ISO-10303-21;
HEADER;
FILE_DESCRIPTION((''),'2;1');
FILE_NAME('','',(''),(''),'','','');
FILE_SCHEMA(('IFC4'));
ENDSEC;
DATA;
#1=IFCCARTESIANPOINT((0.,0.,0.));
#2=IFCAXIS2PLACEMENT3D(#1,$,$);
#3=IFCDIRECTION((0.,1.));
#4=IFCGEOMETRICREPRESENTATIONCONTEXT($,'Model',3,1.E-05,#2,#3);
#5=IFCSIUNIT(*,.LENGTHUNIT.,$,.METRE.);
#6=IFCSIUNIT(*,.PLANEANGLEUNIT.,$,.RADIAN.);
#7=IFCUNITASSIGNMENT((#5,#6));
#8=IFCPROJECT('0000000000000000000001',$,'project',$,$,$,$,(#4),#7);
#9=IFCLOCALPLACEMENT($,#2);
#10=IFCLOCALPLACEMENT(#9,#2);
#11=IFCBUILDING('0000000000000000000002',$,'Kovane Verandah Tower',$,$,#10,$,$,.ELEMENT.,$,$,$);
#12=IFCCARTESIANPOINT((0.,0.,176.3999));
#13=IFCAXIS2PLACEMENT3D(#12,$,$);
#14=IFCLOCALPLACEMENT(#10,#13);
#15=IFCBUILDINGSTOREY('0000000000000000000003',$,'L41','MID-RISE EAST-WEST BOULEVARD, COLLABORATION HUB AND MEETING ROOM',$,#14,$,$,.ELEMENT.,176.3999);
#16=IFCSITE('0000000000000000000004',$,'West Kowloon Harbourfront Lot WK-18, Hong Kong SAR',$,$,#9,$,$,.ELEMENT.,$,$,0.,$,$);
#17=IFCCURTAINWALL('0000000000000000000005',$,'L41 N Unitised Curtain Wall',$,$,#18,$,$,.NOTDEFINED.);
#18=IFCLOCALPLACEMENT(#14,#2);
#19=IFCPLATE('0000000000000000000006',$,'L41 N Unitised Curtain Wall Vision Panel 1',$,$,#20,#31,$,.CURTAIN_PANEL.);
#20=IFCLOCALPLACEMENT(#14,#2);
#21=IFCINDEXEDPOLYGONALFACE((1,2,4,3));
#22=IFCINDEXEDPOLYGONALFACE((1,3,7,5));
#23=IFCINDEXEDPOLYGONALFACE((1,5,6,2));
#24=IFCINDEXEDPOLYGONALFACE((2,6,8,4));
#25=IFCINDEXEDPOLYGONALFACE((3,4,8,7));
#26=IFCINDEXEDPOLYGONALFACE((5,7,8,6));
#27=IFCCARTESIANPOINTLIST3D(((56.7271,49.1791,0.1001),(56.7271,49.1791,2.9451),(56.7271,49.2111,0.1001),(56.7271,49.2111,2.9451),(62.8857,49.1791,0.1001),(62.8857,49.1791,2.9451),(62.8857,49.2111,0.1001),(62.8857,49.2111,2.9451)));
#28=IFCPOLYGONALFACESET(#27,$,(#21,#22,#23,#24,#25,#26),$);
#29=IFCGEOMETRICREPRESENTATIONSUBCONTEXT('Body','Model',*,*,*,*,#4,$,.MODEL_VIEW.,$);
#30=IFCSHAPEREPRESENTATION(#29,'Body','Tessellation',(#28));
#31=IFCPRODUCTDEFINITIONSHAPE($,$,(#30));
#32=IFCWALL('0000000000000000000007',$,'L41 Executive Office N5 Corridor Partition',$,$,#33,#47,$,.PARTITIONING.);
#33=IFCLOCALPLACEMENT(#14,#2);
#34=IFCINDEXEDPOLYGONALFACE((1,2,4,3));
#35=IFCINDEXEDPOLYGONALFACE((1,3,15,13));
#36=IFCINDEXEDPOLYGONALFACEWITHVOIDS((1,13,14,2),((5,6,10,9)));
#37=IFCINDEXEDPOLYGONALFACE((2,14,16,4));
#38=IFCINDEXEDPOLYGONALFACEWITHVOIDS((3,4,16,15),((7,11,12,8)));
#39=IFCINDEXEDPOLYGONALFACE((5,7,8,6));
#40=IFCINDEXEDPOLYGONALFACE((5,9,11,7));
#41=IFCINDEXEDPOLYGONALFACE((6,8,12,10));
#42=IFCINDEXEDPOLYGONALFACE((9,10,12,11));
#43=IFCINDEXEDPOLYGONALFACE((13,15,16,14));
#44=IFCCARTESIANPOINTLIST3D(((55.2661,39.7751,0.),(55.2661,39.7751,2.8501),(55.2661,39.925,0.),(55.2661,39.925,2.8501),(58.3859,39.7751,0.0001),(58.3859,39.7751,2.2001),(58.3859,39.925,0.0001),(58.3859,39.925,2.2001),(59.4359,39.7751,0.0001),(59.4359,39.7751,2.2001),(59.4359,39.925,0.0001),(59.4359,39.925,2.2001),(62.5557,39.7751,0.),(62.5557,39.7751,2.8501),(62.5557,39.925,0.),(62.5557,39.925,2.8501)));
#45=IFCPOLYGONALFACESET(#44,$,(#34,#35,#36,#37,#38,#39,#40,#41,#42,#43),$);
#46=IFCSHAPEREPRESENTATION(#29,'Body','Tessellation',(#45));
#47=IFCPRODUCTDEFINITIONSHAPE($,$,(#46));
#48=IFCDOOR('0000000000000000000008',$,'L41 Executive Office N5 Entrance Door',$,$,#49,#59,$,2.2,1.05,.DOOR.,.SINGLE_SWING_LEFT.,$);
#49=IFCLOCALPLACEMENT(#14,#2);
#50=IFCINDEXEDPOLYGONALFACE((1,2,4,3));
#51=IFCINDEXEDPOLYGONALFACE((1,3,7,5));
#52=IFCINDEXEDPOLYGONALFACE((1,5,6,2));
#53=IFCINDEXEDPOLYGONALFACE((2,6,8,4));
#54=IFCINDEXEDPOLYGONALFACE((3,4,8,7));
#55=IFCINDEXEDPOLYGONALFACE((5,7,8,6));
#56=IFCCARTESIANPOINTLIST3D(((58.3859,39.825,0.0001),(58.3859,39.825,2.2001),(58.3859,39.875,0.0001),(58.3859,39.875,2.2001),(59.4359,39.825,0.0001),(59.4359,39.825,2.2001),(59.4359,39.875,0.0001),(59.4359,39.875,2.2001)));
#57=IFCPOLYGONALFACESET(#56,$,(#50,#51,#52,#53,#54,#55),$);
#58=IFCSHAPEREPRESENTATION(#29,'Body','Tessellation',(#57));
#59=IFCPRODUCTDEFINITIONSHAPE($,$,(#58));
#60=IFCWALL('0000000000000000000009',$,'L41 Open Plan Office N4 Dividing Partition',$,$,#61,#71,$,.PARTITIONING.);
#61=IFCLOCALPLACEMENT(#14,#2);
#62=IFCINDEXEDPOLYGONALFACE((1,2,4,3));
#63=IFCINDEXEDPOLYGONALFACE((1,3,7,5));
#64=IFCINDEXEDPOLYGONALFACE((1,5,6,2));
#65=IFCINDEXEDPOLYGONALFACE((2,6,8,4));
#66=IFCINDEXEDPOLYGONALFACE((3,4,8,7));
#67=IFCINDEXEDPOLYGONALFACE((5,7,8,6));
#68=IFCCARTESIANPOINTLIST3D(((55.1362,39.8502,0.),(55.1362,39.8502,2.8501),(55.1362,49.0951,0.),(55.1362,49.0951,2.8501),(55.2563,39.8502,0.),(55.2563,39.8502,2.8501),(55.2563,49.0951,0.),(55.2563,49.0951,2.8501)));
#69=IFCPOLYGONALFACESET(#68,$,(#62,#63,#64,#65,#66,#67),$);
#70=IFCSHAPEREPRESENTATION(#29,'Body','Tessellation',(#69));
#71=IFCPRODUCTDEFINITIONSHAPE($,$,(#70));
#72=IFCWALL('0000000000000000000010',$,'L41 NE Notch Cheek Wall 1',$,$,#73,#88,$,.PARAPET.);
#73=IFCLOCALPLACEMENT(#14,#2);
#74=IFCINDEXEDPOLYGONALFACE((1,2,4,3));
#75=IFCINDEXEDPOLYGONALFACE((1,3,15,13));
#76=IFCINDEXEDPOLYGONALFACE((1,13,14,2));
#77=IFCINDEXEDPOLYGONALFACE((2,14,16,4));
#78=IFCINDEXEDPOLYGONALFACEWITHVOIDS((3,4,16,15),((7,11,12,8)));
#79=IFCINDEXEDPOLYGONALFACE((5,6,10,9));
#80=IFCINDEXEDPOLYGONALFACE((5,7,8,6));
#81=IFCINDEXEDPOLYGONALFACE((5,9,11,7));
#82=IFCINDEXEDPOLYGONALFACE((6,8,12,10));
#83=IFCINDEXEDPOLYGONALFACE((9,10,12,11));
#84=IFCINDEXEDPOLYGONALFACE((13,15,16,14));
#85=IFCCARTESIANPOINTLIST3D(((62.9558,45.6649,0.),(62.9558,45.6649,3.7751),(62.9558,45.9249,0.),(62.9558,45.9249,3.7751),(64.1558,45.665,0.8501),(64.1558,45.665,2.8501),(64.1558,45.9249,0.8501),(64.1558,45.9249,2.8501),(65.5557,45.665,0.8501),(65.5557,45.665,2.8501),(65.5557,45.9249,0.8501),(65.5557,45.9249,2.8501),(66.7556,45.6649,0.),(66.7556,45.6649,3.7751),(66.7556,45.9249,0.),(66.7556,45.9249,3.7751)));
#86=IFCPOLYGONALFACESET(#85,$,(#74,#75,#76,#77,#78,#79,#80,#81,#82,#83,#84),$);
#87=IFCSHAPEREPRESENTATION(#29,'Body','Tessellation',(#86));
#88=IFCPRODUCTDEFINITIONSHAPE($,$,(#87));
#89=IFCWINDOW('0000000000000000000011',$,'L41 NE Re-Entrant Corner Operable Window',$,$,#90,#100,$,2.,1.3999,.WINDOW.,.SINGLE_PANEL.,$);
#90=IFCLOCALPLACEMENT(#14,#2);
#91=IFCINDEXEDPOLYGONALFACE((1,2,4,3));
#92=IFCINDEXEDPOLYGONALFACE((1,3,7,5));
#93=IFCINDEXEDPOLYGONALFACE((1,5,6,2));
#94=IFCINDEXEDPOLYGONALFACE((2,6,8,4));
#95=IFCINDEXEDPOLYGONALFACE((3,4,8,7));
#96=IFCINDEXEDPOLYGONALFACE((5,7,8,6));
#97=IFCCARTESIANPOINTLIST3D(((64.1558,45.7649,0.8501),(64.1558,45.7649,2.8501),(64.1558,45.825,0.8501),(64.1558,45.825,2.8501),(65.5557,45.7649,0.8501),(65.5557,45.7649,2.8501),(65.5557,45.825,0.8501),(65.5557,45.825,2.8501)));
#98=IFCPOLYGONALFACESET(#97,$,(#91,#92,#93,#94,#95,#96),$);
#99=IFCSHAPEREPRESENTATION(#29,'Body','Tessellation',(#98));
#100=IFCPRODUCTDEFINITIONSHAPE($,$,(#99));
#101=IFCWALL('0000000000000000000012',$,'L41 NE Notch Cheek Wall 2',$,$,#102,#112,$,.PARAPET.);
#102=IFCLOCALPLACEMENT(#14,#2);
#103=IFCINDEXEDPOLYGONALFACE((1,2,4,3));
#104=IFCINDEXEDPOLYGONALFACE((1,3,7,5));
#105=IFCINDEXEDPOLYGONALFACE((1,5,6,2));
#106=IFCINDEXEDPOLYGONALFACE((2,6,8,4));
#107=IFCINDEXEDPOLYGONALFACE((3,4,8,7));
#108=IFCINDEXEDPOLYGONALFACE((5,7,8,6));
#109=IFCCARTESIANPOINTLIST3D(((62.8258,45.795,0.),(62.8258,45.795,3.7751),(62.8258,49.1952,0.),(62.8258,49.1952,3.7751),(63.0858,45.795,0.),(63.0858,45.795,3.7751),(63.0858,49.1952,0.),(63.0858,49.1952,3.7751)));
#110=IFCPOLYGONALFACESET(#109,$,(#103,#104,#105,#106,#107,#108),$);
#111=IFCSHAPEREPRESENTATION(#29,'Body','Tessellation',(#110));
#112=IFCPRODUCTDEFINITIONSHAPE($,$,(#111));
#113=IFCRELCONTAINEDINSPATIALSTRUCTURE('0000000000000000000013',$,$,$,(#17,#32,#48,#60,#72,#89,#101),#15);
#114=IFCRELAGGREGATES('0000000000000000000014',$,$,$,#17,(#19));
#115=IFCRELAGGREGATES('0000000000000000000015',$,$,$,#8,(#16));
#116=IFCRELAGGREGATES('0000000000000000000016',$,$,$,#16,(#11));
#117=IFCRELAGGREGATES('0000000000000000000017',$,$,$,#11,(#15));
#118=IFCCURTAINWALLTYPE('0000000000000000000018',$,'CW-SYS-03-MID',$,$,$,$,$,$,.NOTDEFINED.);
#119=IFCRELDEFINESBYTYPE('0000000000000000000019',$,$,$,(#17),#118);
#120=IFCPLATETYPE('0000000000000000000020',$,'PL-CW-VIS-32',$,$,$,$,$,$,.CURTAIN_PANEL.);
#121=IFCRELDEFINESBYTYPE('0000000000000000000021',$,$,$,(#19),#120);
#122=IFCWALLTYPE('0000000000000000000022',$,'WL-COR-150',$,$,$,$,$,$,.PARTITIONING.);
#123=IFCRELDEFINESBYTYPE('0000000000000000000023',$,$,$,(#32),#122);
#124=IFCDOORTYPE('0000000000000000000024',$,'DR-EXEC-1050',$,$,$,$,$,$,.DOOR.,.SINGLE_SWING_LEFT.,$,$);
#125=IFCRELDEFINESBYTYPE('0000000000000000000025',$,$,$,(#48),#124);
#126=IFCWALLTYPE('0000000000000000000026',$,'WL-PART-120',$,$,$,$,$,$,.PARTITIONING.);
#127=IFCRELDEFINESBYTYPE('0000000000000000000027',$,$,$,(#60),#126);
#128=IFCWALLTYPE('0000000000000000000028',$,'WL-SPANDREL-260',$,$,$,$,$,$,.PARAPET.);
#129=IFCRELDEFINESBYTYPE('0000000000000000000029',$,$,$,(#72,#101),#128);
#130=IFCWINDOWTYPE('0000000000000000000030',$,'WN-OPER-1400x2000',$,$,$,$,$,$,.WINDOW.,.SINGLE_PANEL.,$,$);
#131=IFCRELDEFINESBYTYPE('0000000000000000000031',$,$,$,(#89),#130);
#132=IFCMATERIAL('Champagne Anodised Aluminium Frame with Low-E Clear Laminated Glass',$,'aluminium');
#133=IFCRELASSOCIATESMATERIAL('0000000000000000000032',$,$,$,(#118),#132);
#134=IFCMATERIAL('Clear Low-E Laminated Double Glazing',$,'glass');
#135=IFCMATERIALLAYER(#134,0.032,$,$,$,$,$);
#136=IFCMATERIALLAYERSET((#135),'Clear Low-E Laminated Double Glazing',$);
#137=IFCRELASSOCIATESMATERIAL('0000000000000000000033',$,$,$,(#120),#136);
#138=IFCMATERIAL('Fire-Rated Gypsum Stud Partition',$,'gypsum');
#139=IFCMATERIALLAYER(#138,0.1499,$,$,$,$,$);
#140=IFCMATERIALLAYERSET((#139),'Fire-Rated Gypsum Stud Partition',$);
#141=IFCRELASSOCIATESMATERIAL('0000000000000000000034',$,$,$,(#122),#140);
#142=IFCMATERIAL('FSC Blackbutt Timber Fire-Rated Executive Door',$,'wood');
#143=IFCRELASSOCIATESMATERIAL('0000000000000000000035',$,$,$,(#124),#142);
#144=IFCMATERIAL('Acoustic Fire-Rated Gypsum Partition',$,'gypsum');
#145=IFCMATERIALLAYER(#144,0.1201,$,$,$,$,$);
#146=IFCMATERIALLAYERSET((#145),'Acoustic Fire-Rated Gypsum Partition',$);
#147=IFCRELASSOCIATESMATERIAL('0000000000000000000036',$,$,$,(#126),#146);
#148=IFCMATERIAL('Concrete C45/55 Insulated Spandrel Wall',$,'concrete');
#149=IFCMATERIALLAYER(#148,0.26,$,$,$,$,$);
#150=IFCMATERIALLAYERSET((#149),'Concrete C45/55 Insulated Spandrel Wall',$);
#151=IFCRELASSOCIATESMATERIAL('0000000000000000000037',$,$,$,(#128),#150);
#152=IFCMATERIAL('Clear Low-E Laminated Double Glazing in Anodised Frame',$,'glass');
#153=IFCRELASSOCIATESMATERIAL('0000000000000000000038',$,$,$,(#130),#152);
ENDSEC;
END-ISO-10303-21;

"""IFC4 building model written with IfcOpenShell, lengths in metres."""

from ifc_helpers import new_model, si_unit, direction, frame, frame_2d, origin, origin_2d, place, context, subcontext, project, spatial, rectangle, extrude, material, layer, layer_set, type_object, element, fill, aggregate, save


model = new_model("IFC4")

# Units and contexts
model_context = context("Model", 3, precision=1e-05, world=origin(), true_north=direction((0.0, 1.0)))
body_context = subcontext(model_context, "Body", "Model", "MODEL_VIEW")
ifc_project = project(units=[si_unit("LENGTHUNIT", "METRE"), si_unit("PLANEANGLEUNIT", "RADIAN")], contexts=[model_context])

# Site, building, storey
site_placement = place(None, origin())
site = spatial("IfcSite", under=ifc_project, at=site_placement, Name="West Kowloon Harbourfront Lot WK-18, Hong Kong SAR", CompositionType="ELEMENT", RefElevation=0.0)
building_placement = place(site_placement, origin())
building = spatial("IfcBuilding", under=site, at=building_placement, Name="Kovane Verandah Tower", CompositionType="ELEMENT")
storey_placement = place(building_placement, frame((0.0, 0.0, 176.3999)))
storey = spatial("IfcBuildingStorey", under=building, at=storey_placement, Name="L41", Description="MID-RISE EAST-WEST BOULEVARD, COLLABORATION HUB AND MEETING ROOM", CompositionType="ELEMENT", Elevation=176.3999)

# Curtain wall
ifc_material_1 = material(Name="Champagne Anodised Aluminium Frame with Low-E Clear Laminated Glass", Category="aluminium")
curtain_wall_type = type_object("IfcCurtainWallType", Name="CW-SYS-03-MID", PredefinedType="NOTDEFINED", material=ifc_material_1)
curtain_wall_placement = place(storey_placement, origin())
curtain_wall = element("IfcCurtainWall", 1, at=curtain_wall_placement, inside=storey, type_object=curtain_wall_type, Name="L41 N Unitised Curtain Wall", PredefinedType="NOTDEFINED")

# Plate
ifc_material_2 = material(Name="Clear Low-E Laminated Double Glazing", Category="glass")
ifc_layer_1 = layer(ifc_material_2, 0.032)
ifc_layer_set_1 = layer_set([ifc_layer_1], Name="Clear Low-E Laminated Double Glazing")
plate_type_1 = type_object("IfcPlateType", Name="PL-CW-VIS-32", PredefinedType="CURTAIN_PANEL", material=ifc_layer_set_1)
plate_1_placement = place(storey_placement, frame((59.8064, 49.1951, 0.1001), z_axis=(0.0, 0.0, 1.0), x_axis=(-1.0, 0.0, 0.0)))
plate_1 = element("IfcPlate", 2, at=plate_1_placement, type_object=plate_type_1, Name="L41 N Unitised Curtain Wall Vision Panel 1", PredefinedType="CURTAIN_PANEL", context=body_context, shape_type="SweptSolid", body=[
    extrude(rectangle(XDim=6.1587, YDim=0.032, at=origin_2d()), origin(), (0.0, 0.0, 1.0), 2.845),
])
aggregate(curtain_wall, [plate_1])

# Wall, opening, door
ifc_material_3 = material(Name="Fire-Rated Gypsum Stud Partition", Category="gypsum")
ifc_layer_2 = layer(ifc_material_3, 0.1499)
ifc_layer_set_2 = layer_set([ifc_layer_2], Name="Fire-Rated Gypsum Stud Partition")
wall_type_1 = type_object("IfcWallType", Name="WL-COR-150", PredefinedType="PARTITIONING", material=ifc_layer_set_2)
wall_1_placement = place(storey_placement, frame((55.2661, 39.8501, 0.0), z_axis=(0.0, 0.0, 1.0), x_axis=(1.0, 0.0, 0.0)))
wall_1 = element("IfcWall", 3, at=wall_1_placement, inside=storey, type_object=wall_type_1, Name="L41 Executive Office N5 Corridor Partition", PredefinedType="PARTITIONING", context=body_context, shape_type="SweptSolid", body=[
    extrude(rectangle(XDim=7.2896, YDim=0.1499, at=frame_2d((3.6448, 0.0))), origin(), (0.0, 0.0, 1.0), 2.8501),
])
opening_1_placement = place(wall_1_placement, frame((3.1199, 0.0, 0.0)))
opening_1 = element("IfcOpeningElement", 4, at=opening_1_placement, cuts=wall_1, PredefinedType="OPENING", context=body_context, shape_type="SweptSolid", body=[
    extrude(rectangle(XDim=1.05, YDim=2.2, at=frame_2d((0.5249, 1.1001))), frame((0.0, 0.075, 0.0), z_axis=(0.0, -1.0, 0.0), x_axis=(1.0, 0.0, 0.0)), (0.0, 0.0, 1.0), 0.1499),
])
ifc_material_4 = material(Name="FSC Blackbutt Timber Fire-Rated Executive Door", Category="wood")
door_type = type_object("IfcDoorType", Name="DR-EXEC-1050", OperationType="SINGLE_SWING_LEFT", PredefinedType="DOOR", material=ifc_material_4)
door_placement = place(opening_1_placement, origin())
door = element("IfcDoor", 5, at=door_placement, inside=storey, type_object=door_type, Name="L41 Executive Office N5 Entrance Door", OperationType="SINGLE_SWING_LEFT", OverallHeight=2.2, OverallWidth=1.05, PredefinedType="DOOR", context=body_context, shape_type="SweptSolid", body=[
    extrude(rectangle(XDim=1.05, YDim=2.2, at=frame_2d((0.5249, 1.1001))), frame((0.0, 0.0249, 0.0), z_axis=(0.0, -1.0, 0.0), x_axis=(1.0, 0.0, 0.0)), (0.0, 0.0, 1.0), 0.05),
])
fill(opening_1, door)

# Wall
ifc_material_5 = material(Name="Acoustic Fire-Rated Gypsum Partition", Category="gypsum")
ifc_layer_3 = layer(ifc_material_5, 0.1201)
ifc_layer_set_3 = layer_set([ifc_layer_3], Name="Acoustic Fire-Rated Gypsum Partition")
wall_type_2 = type_object("IfcWallType", Name="WL-PART-120", PredefinedType="PARTITIONING", material=ifc_layer_set_3)
wall_2_placement = place(storey_placement, frame((55.1963, 39.8501, 0.0), z_axis=(0.0, 0.0, 1.0), x_axis=(0.0, 1.0, 0.0)))
element("IfcWall", 6, at=wall_2_placement, inside=storey, type_object=wall_type_2, Name="L41 Open Plan Office N4 Dividing Partition", PredefinedType="PARTITIONING", context=body_context, shape_type="SweptSolid", body=[
    extrude(rectangle(XDim=9.2449, YDim=0.1201, at=frame_2d((4.6226, 0.0))), origin(), (0.0, 0.0, 1.0), 2.8501),
])

# Wall, opening, window
ifc_material_6 = material(Name="Concrete C45/55 Insulated Spandrel Wall", Category="concrete")
ifc_layer_4 = layer(ifc_material_6, 0.26)
ifc_layer_set_4 = layer_set([ifc_layer_4], Name="Concrete C45/55 Insulated Spandrel Wall")
wall_type_3 = type_object("IfcWallType", Name="WL-SPANDREL-260", PredefinedType="PARAPET", material=ifc_layer_set_4)
wall_3_placement = place(storey_placement, frame((66.7556, 45.7949, 0.0), z_axis=(0.0, 0.0, 1.0), x_axis=(-1.0, 0.0, 0.0)))
wall_3 = element("IfcWall", 7, at=wall_3_placement, inside=storey, type_object=wall_type_3, Name="L41 NE Notch Cheek Wall 1", PredefinedType="PARAPET", context=body_context, shape_type="SweptSolid", body=[
    extrude(rectangle(XDim=3.7998, YDim=0.26, at=frame_2d((1.8999, 0.0))), origin(), (0.0, 0.0, 1.0), 3.7751),
])
opening_2_placement = place(wall_3_placement, frame((1.2, 0.0, 0.8501)))
opening_2 = element("IfcOpeningElement", 8, at=opening_2_placement, cuts=wall_3, PredefinedType="OPENING", context=body_context, shape_type="SweptSolid", body=[
    extrude(rectangle(XDim=1.3999, YDim=2.0, at=frame_2d((0.7, 1.0))), frame((0.0, 0.1299, 0.0), z_axis=(0.0, -1.0, 0.0), x_axis=(1.0, 0.0, 0.0)), (0.0, 0.0, 1.0), 0.26),
])
ifc_material_7 = material(Name="Clear Low-E Laminated Double Glazing in Anodised Frame", Category="glass")
window_type = type_object("IfcWindowType", Name="WN-OPER-1400x2000", PartitioningType="SINGLE_PANEL", PredefinedType="WINDOW", material=ifc_material_7)
window_placement = place(opening_2_placement, origin())
window = element("IfcWindow", 9, at=window_placement, inside=storey, type_object=window_type, Name="L41 NE Re-Entrant Corner Operable Window", OverallHeight=2.0, OverallWidth=1.3999, PartitioningType="SINGLE_PANEL", PredefinedType="WINDOW", context=body_context, shape_type="SweptSolid", body=[
    extrude(rectangle(XDim=1.3999, YDim=2.0, at=frame_2d((0.7, 1.0))), frame((0.0, 0.03, 0.0), z_axis=(0.0, -1.0, 0.0), x_axis=(1.0, 0.0, 0.0)), (0.0, 0.0, 1.0), 0.0601),
])
fill(opening_2, window)

# Wall
wall_4_placement = place(storey_placement, frame((62.9558, 45.7949, 0.0), z_axis=(0.0, 0.0, 1.0), x_axis=(0.0, 1.0, 0.0)))
element("IfcWall", 10, at=wall_4_placement, inside=storey, type_object=wall_type_3, Name="L41 NE Notch Cheek Wall 2", PredefinedType="PARAPET", context=body_context, shape_type="SweptSolid", body=[
    extrude(rectangle(XDim=3.4001, YDim=0.26, at=frame_2d((1.7002, 0.0))), origin(), (0.0, 0.0, 1.0), 3.7751),
])

save(model, "model.ifc")
